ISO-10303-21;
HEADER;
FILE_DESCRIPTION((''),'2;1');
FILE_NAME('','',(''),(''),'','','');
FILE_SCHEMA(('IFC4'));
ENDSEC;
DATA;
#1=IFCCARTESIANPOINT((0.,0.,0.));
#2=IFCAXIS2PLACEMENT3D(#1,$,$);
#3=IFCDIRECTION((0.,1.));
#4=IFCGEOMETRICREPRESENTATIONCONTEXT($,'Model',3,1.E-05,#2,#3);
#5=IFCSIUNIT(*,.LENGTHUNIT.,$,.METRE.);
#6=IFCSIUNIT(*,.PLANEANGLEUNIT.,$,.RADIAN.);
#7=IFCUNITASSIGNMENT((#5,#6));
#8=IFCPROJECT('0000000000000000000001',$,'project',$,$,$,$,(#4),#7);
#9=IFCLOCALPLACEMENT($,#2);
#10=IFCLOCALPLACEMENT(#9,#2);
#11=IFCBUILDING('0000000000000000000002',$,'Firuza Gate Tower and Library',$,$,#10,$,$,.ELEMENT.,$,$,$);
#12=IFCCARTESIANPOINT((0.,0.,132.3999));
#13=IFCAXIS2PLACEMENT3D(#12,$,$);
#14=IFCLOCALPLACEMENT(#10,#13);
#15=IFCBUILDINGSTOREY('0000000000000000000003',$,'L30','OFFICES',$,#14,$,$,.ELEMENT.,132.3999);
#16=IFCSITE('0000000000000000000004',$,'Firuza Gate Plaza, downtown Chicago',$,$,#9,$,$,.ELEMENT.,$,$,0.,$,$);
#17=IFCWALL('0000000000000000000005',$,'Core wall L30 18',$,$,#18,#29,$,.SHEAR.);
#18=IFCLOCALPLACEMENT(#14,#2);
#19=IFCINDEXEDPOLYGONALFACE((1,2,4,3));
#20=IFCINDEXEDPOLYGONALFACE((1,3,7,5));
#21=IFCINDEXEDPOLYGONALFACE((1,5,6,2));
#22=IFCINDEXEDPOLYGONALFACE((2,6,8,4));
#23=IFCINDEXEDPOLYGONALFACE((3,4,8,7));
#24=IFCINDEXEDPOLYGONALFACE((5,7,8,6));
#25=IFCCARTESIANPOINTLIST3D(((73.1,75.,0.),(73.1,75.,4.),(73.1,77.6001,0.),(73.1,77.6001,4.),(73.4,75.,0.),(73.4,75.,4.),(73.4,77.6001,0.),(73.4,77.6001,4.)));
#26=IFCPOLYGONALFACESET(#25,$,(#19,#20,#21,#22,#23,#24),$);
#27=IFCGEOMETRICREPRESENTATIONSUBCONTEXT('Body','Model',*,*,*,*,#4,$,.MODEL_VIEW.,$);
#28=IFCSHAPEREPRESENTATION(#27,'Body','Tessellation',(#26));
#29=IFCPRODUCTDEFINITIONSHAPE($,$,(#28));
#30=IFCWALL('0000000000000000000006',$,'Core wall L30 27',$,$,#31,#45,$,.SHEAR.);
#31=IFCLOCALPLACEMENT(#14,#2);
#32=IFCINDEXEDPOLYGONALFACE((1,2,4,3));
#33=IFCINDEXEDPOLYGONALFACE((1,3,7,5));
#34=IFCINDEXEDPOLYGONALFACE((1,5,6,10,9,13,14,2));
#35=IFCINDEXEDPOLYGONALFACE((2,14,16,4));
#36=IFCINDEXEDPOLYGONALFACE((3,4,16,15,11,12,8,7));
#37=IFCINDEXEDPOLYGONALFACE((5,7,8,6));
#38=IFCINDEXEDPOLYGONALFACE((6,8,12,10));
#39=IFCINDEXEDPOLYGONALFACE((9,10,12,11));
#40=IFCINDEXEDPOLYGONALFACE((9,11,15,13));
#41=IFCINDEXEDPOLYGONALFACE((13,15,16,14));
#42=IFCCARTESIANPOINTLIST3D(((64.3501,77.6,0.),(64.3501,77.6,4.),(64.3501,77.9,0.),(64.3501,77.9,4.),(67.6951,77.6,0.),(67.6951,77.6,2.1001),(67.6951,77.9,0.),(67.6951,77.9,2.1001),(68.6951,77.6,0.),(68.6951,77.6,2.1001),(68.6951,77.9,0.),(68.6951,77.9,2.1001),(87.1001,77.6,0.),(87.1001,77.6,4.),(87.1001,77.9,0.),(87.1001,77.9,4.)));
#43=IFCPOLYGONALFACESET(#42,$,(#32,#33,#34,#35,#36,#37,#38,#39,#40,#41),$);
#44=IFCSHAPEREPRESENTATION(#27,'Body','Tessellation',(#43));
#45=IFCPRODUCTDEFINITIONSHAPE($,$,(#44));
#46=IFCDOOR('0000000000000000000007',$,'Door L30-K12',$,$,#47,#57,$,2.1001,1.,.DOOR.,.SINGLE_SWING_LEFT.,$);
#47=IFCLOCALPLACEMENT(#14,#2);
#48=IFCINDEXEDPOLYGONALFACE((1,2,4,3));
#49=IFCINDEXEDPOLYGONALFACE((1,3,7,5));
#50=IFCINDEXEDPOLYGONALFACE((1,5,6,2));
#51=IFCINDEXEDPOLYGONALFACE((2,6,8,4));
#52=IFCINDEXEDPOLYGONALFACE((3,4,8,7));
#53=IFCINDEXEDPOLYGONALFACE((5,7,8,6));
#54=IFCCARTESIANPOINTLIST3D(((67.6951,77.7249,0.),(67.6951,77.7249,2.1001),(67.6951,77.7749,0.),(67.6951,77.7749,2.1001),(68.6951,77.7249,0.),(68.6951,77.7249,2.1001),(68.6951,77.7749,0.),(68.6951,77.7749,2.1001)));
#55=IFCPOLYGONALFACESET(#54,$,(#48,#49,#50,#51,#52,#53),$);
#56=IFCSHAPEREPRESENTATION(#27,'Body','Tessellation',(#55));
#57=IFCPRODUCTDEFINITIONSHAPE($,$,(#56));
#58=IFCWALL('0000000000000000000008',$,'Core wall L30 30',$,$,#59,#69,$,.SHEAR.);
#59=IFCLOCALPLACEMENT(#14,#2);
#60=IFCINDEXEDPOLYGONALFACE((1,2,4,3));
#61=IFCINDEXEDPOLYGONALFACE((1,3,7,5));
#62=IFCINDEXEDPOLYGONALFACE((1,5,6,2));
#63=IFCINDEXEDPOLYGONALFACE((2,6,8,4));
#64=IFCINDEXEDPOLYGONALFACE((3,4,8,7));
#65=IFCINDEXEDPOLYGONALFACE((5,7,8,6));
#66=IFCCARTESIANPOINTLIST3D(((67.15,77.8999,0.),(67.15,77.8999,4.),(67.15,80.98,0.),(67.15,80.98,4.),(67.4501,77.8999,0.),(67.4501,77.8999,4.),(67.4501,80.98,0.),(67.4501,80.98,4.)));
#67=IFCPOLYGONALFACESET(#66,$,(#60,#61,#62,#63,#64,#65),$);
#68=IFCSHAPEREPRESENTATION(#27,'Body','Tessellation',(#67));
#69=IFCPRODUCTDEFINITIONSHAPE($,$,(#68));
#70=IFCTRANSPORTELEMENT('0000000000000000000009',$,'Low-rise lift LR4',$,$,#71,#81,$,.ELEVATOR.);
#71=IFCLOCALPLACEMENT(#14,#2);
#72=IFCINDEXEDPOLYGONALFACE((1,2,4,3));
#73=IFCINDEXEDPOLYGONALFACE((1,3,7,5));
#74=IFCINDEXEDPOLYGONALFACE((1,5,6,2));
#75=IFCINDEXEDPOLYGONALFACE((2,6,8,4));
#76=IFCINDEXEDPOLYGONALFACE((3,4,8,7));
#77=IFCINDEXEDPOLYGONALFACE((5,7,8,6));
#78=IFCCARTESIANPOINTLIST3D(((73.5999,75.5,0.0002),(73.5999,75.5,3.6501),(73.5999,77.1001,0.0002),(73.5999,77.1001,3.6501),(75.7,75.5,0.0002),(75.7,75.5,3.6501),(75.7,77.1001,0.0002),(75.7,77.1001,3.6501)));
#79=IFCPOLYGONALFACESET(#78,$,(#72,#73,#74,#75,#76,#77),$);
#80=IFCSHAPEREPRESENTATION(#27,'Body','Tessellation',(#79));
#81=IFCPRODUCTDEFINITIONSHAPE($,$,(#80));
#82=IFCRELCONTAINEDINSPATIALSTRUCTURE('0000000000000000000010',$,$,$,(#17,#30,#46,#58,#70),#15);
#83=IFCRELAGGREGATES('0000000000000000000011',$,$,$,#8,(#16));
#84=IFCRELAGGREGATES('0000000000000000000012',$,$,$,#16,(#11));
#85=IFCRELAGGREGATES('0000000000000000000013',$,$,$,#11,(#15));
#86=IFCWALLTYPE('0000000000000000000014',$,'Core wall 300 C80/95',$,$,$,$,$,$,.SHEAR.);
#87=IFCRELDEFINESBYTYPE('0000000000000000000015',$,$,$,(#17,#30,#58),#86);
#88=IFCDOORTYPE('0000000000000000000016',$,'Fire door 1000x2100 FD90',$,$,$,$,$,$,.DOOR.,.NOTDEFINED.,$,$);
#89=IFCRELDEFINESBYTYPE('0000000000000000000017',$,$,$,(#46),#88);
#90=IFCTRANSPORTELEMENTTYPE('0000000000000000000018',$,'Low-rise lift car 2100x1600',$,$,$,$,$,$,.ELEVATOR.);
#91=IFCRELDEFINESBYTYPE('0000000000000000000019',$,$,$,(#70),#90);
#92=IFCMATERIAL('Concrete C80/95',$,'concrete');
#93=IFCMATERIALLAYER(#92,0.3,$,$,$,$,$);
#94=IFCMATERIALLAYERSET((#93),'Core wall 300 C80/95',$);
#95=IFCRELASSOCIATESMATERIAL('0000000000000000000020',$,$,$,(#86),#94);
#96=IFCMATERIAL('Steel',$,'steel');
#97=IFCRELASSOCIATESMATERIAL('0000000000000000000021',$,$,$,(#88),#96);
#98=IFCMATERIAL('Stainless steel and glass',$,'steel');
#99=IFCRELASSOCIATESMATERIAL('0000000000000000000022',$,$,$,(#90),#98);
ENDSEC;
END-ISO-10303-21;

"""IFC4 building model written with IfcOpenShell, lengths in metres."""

from ifc_helpers import new_model, si_unit, direction, frame, frame_2d, origin, origin_2d, place, context, subcontext, project, spatial, rectangle, extrude, material, layer, layer_set, type_object, element, fill, save


model = new_model("IFC4")

# Units and contexts
model_context = context("Model", 3, precision=1e-05, world=origin(), true_north=direction((0.0, 1.0)))
body_context = subcontext(model_context, "Body", "Model", "MODEL_VIEW")
ifc_project = project(units=[si_unit("LENGTHUNIT", "METRE"), si_unit("PLANEANGLEUNIT", "RADIAN")], contexts=[model_context])

# Site, building, storey
site_placement = place(None, origin())
site = spatial("IfcSite", under=ifc_project, at=site_placement, Name="Firuza Gate Plaza, downtown Chicago", CompositionType="ELEMENT", RefElevation=0.0)
building_placement = place(site_placement, origin())
building = spatial("IfcBuilding", under=site, at=building_placement, Name="Firuza Gate Tower and Library", CompositionType="ELEMENT")
storey_placement = place(building_placement, frame((0.0, 0.0, 132.3999)))
storey = spatial("IfcBuildingStorey", under=building, at=storey_placement, Name="L30", Description="OFFICES", CompositionType="ELEMENT", Elevation=132.3999)

# Shared definitions
ifc_material_1 = material(Name="Concrete C80/95", Category="concrete")
ifc_layer_1 = layer(ifc_material_1, 0.3)
ifc_layer_set_1 = layer_set([ifc_layer_1], Name="Core wall 300 C80/95")
wall_type_1 = type_object("IfcWallType", Name="Core wall 300 C80/95", PredefinedType="SHEAR", material=ifc_layer_set_1)

# Wall
wall_1_placement = place(storey_placement, frame((73.25, 75.0, 0.0), z_axis=(0.0, 0.0, 1.0), x_axis=(0.0, 1.0, 0.0)))
element("IfcWall", 1, at=wall_1_placement, inside=storey, type_object=wall_type_1, Name="Core wall L30 18", PredefinedType="SHEAR", context=body_context, shape_type="SweptSolid", body=[
    extrude(rectangle(XDim=2.6001, YDim=0.3, at=frame_2d((1.3, 0.0))), origin(), (0.0, 0.0, 1.0), 4.0),
])

# Wall, opening, door
wall_2_placement = place(storey_placement, frame((64.3501, 77.75, 0.0), z_axis=(0.0, 0.0, 1.0), x_axis=(1.0, 0.0, 0.0)))
wall_2 = element("IfcWall", 2, at=wall_2_placement, inside=storey, type_object=wall_type_1, Name="Core wall L30 27", PredefinedType="SHEAR", context=body_context, shape_type="SweptSolid", body=[
    extrude(rectangle(XDim=22.75, YDim=0.3, at=frame_2d((11.375, 0.0))), origin(), (0.0, 0.0, 1.0), 4.0),
])
opening_1_placement = place(wall_2_placement, frame((3.345, 0.0, 0.0)))
opening_1 = element("IfcOpeningElement", 3, at=opening_1_placement, cuts=wall_2, PredefinedType="OPENING", context=body_context, shape_type="SweptSolid", body=[
    extrude(rectangle(XDim=1.0, YDim=2.1001, at=frame_2d((0.5, 1.05))), frame((0.0, 0.1602, 0.0), z_axis=(0.0, -1.0, 0.0), x_axis=(1.0, 0.0, 0.0)), (0.0, 0.0, 1.0), 0.3201),
])
ifc_material_2 = material(Name="Steel", Category="steel")
door_type_1 = type_object("IfcDoorType", Name="Fire door 1000x2100 FD90", OperationType="NOTDEFINED", PredefinedType="DOOR", material=ifc_material_2)
door_1_placement = place(opening_1_placement, origin())
door_1 = element("IfcDoor", 4, at=door_1_placement, inside=storey, type_object=door_type_1, Name="Door L30-K12", OperationType="SINGLE_SWING_LEFT", OverallHeight=2.1001, OverallWidth=1.0, PredefinedType="DOOR", context=body_context, shape_type="SweptSolid", body=[
    extrude(rectangle(XDim=1.0, YDim=2.1001, at=frame_2d((0.5, 1.05))), frame((0.0, 0.0249, 0.0), z_axis=(0.0, -1.0, 0.0), x_axis=(1.0, 0.0, 0.0)), (0.0, 0.0, 1.0), 0.05),
])
fill(opening_1, door_1)

# Wall
wall_3_placement = place(storey_placement, frame((67.3, 77.8999, 0.0), z_axis=(0.0, 0.0, 1.0), x_axis=(0.0, 1.0, 0.0)))
element("IfcWall", 5, at=wall_3_placement, inside=storey, type_object=wall_type_1, Name="Core wall L30 30", PredefinedType="SHEAR", context=body_context, shape_type="SweptSolid", body=[
    extrude(rectangle(XDim=3.0801, YDim=0.3, at=frame_2d((1.54, 0.0))), origin(), (0.0, 0.0, 1.0), 4.0),
])

# Transport element
ifc_material_3 = material(Name="Stainless steel and glass", Category="steel")
transport_element_type = type_object("IfcTransportElementType", Name="Low-rise lift car 2100x1600", PredefinedType="ELEVATOR", material=ifc_material_3)
transport_element_placement = place(storey_placement, frame((74.6499, 76.3, 0.0002), z_axis=(0.0, 0.0, 1.0), x_axis=(1.0, 0.0, 0.0)))
element("IfcTransportElement", 6, at=transport_element_placement, inside=storey, type_object=transport_element_type, Name="Low-rise lift LR4", PredefinedType="ELEVATOR", context=body_context, shape_type="SweptSolid", body=[
    extrude(rectangle(XDim=2.1001, YDim=1.6001, at=origin_2d()), origin(), (0.0, 0.0, 1.0), 3.6499),
])

save(model, "model.ifc")
